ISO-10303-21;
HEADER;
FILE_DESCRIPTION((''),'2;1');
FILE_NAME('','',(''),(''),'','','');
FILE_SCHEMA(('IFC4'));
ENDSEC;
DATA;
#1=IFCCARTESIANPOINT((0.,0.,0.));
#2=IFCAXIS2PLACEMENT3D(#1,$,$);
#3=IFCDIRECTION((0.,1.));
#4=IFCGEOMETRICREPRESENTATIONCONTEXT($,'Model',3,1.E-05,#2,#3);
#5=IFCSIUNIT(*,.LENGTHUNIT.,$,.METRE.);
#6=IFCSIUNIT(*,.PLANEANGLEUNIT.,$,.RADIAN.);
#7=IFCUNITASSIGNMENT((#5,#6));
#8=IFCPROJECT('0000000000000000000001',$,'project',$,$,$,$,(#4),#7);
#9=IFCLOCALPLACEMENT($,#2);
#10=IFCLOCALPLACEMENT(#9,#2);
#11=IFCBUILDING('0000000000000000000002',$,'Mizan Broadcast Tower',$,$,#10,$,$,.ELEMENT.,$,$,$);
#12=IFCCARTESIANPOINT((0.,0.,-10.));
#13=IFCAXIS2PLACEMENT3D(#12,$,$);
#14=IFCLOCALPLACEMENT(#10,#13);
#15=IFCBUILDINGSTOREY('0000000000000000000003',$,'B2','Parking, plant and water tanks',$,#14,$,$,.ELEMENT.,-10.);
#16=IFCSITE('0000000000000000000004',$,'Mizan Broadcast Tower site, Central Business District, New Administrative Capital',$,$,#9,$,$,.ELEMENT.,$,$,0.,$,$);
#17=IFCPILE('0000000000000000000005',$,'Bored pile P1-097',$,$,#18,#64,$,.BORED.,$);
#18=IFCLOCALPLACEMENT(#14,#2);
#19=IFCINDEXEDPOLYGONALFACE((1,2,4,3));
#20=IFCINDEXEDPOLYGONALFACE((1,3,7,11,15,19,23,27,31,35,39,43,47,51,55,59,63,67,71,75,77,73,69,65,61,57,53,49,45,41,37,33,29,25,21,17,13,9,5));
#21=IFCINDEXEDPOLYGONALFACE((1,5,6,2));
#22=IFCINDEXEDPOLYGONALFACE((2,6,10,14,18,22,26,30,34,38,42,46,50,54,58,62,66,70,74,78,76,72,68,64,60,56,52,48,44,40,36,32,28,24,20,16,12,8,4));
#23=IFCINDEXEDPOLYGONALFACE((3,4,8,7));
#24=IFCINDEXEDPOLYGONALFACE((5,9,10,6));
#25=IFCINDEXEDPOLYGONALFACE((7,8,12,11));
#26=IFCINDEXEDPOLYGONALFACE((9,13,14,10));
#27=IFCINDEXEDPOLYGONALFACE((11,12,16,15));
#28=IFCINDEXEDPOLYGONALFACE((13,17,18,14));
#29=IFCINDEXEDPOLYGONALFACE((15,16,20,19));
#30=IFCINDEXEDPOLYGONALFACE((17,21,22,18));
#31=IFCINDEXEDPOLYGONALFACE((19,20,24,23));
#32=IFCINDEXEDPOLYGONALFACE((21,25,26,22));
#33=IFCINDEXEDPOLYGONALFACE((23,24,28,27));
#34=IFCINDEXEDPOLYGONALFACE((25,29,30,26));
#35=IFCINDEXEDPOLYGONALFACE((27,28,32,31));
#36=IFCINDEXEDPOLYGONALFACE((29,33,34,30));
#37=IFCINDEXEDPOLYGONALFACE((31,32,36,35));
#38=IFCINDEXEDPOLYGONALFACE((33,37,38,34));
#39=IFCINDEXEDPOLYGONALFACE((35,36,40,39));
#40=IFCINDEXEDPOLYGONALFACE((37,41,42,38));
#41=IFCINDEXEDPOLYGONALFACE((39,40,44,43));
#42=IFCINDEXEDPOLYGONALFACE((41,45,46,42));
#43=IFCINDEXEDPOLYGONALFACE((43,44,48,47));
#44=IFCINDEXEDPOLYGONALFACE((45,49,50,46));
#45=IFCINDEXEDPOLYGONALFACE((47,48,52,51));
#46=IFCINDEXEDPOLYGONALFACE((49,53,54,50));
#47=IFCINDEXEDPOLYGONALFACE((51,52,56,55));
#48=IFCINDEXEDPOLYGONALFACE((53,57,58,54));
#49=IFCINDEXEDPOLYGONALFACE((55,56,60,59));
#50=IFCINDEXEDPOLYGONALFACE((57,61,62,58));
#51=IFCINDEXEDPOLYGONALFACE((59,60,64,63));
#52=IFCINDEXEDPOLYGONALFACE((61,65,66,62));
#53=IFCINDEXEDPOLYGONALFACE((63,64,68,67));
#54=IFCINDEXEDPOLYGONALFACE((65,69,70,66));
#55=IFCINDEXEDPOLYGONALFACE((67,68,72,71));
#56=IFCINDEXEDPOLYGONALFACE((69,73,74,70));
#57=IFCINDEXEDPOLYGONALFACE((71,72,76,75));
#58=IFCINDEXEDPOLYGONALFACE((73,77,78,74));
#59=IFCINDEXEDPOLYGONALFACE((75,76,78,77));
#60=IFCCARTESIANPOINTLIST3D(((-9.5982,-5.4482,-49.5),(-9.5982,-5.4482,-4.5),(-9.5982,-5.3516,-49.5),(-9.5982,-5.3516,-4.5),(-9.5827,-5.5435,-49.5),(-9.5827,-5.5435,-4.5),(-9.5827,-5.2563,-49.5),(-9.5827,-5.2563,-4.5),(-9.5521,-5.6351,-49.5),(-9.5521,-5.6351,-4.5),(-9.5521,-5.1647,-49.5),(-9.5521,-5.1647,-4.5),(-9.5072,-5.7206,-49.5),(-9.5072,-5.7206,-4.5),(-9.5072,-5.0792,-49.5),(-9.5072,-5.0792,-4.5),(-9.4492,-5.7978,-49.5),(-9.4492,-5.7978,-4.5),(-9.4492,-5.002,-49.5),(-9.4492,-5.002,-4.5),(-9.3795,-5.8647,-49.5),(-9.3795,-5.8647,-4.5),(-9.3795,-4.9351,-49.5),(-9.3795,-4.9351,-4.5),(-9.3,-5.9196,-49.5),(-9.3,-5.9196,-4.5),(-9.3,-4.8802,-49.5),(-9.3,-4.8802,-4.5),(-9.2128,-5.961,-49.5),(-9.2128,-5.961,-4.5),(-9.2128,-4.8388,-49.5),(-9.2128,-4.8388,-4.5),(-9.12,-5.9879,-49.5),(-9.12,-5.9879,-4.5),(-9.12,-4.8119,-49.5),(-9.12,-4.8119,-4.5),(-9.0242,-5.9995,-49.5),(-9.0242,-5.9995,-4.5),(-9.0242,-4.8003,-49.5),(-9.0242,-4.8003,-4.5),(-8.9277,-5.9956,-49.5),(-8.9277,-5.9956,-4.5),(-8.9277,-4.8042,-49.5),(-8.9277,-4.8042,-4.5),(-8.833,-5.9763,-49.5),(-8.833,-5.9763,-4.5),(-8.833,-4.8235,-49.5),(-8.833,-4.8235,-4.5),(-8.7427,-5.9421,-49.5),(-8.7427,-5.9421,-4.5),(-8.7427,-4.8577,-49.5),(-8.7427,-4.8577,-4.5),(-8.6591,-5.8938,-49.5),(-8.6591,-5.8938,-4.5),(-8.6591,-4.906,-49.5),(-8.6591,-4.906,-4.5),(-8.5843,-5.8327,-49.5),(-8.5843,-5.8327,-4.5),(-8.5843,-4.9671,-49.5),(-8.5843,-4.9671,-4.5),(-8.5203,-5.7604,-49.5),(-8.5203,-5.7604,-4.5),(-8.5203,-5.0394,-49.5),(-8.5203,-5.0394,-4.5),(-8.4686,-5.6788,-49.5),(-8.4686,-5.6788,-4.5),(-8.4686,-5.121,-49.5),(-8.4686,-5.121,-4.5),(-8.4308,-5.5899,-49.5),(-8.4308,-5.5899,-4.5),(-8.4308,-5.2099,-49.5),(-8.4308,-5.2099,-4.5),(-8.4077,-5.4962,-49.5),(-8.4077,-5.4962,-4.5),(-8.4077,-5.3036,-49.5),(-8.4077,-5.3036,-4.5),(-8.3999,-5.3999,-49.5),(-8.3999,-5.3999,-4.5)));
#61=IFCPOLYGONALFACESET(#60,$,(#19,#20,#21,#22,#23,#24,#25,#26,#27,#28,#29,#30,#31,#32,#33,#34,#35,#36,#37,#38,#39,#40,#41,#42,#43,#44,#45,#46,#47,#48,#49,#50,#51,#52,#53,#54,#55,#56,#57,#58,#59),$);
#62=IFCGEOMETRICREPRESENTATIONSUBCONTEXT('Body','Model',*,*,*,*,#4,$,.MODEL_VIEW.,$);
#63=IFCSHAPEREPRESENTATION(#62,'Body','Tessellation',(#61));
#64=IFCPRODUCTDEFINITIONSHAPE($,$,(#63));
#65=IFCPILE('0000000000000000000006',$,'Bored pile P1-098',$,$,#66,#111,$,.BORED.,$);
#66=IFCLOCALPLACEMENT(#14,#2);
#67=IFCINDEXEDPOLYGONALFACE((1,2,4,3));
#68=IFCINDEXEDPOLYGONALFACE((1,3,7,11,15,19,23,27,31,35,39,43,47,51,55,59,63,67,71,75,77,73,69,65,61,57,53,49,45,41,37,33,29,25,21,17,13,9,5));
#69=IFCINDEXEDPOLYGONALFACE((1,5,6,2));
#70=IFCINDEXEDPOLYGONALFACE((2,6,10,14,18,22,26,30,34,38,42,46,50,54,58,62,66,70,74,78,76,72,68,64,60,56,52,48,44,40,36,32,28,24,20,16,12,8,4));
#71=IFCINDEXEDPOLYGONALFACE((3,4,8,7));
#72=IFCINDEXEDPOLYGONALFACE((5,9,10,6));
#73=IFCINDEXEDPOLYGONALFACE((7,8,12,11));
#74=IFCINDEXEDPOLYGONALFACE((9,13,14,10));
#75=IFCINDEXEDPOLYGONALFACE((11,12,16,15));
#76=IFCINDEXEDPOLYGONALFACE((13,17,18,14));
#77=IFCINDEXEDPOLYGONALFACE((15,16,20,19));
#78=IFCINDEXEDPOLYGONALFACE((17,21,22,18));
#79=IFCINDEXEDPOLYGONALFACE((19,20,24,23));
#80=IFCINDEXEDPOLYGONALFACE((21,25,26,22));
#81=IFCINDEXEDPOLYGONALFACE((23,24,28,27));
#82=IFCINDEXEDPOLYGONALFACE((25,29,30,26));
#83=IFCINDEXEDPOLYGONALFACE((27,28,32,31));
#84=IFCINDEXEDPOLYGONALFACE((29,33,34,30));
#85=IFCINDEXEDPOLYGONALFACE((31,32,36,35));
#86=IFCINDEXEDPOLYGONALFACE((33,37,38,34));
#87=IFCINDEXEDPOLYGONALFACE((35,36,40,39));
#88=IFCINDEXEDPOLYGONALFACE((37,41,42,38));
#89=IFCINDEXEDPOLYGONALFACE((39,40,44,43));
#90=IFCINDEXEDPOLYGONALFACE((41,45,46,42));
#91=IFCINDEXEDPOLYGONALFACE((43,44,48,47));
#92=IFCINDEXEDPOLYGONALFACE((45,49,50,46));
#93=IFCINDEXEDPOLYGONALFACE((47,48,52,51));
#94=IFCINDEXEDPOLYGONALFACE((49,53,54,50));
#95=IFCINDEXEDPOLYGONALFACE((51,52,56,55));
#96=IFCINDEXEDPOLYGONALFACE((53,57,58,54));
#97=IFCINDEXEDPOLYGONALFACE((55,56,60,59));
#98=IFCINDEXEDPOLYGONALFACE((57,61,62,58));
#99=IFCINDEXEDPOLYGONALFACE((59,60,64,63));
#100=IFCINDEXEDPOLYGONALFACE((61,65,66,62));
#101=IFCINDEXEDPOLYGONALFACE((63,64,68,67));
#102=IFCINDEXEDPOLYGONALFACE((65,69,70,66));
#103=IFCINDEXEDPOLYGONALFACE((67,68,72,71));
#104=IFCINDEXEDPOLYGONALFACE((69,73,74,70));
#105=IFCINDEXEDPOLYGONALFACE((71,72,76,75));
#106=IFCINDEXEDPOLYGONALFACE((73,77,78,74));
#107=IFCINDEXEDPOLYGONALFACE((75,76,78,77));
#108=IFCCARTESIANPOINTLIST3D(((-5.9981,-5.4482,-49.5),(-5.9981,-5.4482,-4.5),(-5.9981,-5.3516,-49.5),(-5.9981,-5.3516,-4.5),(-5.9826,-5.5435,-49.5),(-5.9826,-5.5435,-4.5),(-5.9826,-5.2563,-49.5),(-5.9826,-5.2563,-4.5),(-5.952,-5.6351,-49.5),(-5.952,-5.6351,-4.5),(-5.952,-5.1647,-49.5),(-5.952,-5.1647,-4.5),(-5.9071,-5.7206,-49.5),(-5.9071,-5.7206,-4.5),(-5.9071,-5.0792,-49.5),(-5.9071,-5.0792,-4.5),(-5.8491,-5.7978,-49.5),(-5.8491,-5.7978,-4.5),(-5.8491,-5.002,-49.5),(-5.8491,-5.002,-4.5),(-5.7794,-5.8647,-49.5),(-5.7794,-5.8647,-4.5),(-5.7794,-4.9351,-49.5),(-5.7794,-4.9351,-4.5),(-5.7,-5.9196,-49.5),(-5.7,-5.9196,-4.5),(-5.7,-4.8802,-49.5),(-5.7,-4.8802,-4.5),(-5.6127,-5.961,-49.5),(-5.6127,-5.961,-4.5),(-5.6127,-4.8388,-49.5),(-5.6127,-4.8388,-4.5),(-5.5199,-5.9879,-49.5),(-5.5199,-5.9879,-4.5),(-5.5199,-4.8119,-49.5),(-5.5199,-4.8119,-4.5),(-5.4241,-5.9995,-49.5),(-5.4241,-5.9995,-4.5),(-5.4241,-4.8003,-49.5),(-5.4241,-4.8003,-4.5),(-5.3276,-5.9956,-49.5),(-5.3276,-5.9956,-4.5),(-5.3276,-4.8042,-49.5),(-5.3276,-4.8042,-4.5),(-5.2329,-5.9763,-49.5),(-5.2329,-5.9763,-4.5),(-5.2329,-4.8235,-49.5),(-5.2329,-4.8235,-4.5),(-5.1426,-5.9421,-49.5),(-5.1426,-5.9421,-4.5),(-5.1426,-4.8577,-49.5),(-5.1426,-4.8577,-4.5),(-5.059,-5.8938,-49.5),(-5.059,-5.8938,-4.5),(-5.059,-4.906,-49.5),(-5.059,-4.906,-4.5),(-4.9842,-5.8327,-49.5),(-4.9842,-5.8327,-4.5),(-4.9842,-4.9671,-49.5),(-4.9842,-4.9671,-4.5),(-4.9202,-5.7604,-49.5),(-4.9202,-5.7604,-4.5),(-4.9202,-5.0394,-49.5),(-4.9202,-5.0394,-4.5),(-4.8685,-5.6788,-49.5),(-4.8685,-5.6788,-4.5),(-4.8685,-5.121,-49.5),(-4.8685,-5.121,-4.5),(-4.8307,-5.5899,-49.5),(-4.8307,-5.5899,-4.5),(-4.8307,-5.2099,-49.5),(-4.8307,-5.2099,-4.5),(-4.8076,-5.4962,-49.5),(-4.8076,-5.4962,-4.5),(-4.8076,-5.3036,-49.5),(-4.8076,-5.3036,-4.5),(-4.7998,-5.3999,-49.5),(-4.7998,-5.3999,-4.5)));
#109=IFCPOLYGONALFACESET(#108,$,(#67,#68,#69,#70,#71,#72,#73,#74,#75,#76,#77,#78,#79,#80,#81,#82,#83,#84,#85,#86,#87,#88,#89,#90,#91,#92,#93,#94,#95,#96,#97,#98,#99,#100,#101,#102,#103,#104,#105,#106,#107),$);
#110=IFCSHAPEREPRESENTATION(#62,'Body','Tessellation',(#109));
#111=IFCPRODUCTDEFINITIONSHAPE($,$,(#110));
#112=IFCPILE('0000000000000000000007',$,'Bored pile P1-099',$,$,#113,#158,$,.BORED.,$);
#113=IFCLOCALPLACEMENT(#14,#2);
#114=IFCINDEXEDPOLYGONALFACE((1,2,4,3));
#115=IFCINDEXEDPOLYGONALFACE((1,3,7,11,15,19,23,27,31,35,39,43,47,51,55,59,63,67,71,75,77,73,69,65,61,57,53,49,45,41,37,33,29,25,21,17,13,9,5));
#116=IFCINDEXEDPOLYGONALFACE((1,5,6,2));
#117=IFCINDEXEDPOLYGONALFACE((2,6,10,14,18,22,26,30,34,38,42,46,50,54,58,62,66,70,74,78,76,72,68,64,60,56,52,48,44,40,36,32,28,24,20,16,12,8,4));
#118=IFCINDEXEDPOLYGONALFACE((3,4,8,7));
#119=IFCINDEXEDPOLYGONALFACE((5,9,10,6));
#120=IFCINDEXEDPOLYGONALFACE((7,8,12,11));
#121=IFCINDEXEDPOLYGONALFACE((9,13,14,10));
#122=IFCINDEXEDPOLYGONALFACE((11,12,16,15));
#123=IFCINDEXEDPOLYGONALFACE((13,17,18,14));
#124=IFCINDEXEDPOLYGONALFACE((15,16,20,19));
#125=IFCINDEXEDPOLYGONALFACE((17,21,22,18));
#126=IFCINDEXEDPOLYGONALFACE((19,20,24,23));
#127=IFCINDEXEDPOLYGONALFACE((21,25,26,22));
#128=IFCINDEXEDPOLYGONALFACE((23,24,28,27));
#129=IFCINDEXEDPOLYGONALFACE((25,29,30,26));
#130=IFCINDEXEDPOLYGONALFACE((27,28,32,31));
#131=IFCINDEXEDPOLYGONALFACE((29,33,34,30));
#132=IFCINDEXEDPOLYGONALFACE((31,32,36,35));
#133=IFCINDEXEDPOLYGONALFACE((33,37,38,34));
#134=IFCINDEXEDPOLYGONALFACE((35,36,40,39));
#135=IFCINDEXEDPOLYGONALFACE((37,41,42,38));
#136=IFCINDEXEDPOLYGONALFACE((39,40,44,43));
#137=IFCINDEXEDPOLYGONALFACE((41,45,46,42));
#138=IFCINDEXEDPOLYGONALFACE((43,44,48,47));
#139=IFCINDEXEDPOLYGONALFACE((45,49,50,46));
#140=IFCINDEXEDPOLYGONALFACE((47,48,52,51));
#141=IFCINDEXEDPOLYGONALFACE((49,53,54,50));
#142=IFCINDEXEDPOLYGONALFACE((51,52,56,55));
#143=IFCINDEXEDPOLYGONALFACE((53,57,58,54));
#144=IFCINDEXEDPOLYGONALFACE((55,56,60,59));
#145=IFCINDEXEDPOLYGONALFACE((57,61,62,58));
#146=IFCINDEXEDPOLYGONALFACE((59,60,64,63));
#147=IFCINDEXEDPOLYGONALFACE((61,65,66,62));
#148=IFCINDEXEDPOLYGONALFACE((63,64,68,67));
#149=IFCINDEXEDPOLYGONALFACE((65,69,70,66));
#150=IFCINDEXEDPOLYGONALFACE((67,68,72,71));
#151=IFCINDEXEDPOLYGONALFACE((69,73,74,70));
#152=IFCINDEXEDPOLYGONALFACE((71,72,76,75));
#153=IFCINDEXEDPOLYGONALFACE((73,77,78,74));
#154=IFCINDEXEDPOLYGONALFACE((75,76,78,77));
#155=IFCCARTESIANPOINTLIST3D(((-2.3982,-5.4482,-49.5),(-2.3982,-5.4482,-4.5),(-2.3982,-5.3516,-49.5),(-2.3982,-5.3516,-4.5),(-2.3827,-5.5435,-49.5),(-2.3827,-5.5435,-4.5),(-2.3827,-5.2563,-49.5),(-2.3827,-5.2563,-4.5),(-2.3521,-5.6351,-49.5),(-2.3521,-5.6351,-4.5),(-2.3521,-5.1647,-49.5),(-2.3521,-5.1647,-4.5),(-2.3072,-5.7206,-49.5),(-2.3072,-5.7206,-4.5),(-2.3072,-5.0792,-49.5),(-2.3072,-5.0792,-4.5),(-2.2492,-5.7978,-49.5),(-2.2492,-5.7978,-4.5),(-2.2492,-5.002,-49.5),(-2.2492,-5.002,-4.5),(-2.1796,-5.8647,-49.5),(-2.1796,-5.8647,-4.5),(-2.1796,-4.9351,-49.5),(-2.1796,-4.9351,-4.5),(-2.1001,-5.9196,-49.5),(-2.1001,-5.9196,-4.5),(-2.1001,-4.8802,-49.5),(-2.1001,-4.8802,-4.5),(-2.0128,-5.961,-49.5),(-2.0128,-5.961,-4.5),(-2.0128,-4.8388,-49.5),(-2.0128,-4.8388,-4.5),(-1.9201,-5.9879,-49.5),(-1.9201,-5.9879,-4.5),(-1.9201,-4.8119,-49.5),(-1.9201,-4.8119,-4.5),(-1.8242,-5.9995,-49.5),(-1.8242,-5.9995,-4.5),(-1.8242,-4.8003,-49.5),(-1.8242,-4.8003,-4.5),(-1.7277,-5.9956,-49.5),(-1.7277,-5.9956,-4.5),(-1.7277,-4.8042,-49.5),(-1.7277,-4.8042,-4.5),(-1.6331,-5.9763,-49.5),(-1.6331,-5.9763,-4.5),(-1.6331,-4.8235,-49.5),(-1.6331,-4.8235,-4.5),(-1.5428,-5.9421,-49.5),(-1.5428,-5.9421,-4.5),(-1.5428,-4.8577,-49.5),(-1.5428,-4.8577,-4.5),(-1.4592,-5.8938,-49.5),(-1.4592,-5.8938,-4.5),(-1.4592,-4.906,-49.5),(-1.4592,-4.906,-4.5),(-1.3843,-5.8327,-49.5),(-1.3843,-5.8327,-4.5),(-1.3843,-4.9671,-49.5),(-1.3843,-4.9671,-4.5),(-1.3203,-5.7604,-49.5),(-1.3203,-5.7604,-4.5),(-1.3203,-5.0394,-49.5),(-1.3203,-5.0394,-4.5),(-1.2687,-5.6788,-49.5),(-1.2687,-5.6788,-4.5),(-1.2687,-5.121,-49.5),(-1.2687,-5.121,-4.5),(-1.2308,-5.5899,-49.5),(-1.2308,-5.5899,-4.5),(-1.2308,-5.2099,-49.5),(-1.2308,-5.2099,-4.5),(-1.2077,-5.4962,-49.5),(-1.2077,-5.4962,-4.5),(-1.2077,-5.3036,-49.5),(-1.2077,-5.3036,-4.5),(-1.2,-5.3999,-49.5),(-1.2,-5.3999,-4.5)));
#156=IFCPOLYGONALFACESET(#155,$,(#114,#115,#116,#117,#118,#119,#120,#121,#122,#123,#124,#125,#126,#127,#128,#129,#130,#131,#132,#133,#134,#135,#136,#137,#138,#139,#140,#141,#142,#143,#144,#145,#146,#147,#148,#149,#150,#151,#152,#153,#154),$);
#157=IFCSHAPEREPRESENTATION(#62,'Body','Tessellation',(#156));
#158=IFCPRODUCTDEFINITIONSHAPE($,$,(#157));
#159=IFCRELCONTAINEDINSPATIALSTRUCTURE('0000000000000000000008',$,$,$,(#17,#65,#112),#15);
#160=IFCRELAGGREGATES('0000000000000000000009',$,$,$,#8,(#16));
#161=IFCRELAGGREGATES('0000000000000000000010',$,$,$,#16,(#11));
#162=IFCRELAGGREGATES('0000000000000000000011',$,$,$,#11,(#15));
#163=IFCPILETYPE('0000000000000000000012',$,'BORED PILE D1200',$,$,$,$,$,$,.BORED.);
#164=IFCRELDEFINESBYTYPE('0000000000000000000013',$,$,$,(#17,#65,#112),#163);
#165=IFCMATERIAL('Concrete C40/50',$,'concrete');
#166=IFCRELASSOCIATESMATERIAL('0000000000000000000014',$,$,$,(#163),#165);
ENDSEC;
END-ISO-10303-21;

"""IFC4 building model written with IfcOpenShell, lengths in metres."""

from ifc_helpers import new_model, si_unit, direction, frame, origin, origin_2d, place, context, subcontext, project, spatial, circle, extrude, material, material_profile, profile_set, type_object, element, save


model = new_model("IFC4")

# Units and contexts
model_context = context("Model", 3, precision=1e-05, world=origin(), true_north=direction((0.0, 1.0)))
body_context = subcontext(model_context, "Body", "Model", "MODEL_VIEW")
ifc_project = project(units=[si_unit("LENGTHUNIT", "METRE"), si_unit("PLANEANGLEUNIT", "RADIAN")], contexts=[model_context])

# Site, building, storey
site_placement = place(None, origin())
site = spatial("IfcSite", under=ifc_project, at=site_placement, Name="Mizan Broadcast Tower site, Central Business District, New Administrative Capital", CompositionType="ELEMENT", RefElevation=0.0)
building_placement = place(site_placement, origin())
building = spatial("IfcBuilding", under=site, at=building_placement, Name="Mizan Broadcast Tower", CompositionType="ELEMENT")
storey_placement = place(building_placement, frame((0.0, 0.0, -10.0)))
storey = spatial("IfcBuildingStorey", under=building, at=storey_placement, Name="B2", Description="Parking, plant and water tanks", CompositionType="ELEMENT", Elevation=-10.0)

# Piles
ifc_material_1 = material(Name="Concrete C40/50", Category="concrete")
ifc_material_profile_1 = material_profile(ifc_material_1, circle(Radius=0.6001, at=origin_2d()), Name="D1200")
ifc_profile_set_1 = profile_set([ifc_material_profile_1], Name="Concrete C40/50")
pile_type = type_object("IfcPileType", Name="BORED PILE D1200", PredefinedType="BORED", material=ifc_profile_set_1)
for number, where, z_axis, x_axis, name in (
    (1, (-9.0, -5.3999, -4.5), (0.0, 0.0, -1.0), (1.0, 0.0, 0.0), "Bored pile P1-097"),
    (2, (-5.3999, -5.3999, -4.5), (0.0, 0.0, -1.0), (1.0, 0.0, 0.0), "Bored pile P1-098"),
    (3, (-1.8, -5.3999, -4.5), (0.0, 0.0, -1.0), (1.0, 0.0, 0.0), "Bored pile P1-099"),
):
    element("IfcPile", number, at=place(storey_placement, frame(where, z_axis=z_axis, x_axis=x_axis)), inside=storey, type_object=pile_type, Name=name, PredefinedType="BORED", context=body_context, shape_type="SweptSolid", body=[
        extrude(circle(Radius=0.6001, at=origin_2d()), origin(), (0.0, 0.0, 1.0), 45.0),
    ])

save(model, "model.ifc")
